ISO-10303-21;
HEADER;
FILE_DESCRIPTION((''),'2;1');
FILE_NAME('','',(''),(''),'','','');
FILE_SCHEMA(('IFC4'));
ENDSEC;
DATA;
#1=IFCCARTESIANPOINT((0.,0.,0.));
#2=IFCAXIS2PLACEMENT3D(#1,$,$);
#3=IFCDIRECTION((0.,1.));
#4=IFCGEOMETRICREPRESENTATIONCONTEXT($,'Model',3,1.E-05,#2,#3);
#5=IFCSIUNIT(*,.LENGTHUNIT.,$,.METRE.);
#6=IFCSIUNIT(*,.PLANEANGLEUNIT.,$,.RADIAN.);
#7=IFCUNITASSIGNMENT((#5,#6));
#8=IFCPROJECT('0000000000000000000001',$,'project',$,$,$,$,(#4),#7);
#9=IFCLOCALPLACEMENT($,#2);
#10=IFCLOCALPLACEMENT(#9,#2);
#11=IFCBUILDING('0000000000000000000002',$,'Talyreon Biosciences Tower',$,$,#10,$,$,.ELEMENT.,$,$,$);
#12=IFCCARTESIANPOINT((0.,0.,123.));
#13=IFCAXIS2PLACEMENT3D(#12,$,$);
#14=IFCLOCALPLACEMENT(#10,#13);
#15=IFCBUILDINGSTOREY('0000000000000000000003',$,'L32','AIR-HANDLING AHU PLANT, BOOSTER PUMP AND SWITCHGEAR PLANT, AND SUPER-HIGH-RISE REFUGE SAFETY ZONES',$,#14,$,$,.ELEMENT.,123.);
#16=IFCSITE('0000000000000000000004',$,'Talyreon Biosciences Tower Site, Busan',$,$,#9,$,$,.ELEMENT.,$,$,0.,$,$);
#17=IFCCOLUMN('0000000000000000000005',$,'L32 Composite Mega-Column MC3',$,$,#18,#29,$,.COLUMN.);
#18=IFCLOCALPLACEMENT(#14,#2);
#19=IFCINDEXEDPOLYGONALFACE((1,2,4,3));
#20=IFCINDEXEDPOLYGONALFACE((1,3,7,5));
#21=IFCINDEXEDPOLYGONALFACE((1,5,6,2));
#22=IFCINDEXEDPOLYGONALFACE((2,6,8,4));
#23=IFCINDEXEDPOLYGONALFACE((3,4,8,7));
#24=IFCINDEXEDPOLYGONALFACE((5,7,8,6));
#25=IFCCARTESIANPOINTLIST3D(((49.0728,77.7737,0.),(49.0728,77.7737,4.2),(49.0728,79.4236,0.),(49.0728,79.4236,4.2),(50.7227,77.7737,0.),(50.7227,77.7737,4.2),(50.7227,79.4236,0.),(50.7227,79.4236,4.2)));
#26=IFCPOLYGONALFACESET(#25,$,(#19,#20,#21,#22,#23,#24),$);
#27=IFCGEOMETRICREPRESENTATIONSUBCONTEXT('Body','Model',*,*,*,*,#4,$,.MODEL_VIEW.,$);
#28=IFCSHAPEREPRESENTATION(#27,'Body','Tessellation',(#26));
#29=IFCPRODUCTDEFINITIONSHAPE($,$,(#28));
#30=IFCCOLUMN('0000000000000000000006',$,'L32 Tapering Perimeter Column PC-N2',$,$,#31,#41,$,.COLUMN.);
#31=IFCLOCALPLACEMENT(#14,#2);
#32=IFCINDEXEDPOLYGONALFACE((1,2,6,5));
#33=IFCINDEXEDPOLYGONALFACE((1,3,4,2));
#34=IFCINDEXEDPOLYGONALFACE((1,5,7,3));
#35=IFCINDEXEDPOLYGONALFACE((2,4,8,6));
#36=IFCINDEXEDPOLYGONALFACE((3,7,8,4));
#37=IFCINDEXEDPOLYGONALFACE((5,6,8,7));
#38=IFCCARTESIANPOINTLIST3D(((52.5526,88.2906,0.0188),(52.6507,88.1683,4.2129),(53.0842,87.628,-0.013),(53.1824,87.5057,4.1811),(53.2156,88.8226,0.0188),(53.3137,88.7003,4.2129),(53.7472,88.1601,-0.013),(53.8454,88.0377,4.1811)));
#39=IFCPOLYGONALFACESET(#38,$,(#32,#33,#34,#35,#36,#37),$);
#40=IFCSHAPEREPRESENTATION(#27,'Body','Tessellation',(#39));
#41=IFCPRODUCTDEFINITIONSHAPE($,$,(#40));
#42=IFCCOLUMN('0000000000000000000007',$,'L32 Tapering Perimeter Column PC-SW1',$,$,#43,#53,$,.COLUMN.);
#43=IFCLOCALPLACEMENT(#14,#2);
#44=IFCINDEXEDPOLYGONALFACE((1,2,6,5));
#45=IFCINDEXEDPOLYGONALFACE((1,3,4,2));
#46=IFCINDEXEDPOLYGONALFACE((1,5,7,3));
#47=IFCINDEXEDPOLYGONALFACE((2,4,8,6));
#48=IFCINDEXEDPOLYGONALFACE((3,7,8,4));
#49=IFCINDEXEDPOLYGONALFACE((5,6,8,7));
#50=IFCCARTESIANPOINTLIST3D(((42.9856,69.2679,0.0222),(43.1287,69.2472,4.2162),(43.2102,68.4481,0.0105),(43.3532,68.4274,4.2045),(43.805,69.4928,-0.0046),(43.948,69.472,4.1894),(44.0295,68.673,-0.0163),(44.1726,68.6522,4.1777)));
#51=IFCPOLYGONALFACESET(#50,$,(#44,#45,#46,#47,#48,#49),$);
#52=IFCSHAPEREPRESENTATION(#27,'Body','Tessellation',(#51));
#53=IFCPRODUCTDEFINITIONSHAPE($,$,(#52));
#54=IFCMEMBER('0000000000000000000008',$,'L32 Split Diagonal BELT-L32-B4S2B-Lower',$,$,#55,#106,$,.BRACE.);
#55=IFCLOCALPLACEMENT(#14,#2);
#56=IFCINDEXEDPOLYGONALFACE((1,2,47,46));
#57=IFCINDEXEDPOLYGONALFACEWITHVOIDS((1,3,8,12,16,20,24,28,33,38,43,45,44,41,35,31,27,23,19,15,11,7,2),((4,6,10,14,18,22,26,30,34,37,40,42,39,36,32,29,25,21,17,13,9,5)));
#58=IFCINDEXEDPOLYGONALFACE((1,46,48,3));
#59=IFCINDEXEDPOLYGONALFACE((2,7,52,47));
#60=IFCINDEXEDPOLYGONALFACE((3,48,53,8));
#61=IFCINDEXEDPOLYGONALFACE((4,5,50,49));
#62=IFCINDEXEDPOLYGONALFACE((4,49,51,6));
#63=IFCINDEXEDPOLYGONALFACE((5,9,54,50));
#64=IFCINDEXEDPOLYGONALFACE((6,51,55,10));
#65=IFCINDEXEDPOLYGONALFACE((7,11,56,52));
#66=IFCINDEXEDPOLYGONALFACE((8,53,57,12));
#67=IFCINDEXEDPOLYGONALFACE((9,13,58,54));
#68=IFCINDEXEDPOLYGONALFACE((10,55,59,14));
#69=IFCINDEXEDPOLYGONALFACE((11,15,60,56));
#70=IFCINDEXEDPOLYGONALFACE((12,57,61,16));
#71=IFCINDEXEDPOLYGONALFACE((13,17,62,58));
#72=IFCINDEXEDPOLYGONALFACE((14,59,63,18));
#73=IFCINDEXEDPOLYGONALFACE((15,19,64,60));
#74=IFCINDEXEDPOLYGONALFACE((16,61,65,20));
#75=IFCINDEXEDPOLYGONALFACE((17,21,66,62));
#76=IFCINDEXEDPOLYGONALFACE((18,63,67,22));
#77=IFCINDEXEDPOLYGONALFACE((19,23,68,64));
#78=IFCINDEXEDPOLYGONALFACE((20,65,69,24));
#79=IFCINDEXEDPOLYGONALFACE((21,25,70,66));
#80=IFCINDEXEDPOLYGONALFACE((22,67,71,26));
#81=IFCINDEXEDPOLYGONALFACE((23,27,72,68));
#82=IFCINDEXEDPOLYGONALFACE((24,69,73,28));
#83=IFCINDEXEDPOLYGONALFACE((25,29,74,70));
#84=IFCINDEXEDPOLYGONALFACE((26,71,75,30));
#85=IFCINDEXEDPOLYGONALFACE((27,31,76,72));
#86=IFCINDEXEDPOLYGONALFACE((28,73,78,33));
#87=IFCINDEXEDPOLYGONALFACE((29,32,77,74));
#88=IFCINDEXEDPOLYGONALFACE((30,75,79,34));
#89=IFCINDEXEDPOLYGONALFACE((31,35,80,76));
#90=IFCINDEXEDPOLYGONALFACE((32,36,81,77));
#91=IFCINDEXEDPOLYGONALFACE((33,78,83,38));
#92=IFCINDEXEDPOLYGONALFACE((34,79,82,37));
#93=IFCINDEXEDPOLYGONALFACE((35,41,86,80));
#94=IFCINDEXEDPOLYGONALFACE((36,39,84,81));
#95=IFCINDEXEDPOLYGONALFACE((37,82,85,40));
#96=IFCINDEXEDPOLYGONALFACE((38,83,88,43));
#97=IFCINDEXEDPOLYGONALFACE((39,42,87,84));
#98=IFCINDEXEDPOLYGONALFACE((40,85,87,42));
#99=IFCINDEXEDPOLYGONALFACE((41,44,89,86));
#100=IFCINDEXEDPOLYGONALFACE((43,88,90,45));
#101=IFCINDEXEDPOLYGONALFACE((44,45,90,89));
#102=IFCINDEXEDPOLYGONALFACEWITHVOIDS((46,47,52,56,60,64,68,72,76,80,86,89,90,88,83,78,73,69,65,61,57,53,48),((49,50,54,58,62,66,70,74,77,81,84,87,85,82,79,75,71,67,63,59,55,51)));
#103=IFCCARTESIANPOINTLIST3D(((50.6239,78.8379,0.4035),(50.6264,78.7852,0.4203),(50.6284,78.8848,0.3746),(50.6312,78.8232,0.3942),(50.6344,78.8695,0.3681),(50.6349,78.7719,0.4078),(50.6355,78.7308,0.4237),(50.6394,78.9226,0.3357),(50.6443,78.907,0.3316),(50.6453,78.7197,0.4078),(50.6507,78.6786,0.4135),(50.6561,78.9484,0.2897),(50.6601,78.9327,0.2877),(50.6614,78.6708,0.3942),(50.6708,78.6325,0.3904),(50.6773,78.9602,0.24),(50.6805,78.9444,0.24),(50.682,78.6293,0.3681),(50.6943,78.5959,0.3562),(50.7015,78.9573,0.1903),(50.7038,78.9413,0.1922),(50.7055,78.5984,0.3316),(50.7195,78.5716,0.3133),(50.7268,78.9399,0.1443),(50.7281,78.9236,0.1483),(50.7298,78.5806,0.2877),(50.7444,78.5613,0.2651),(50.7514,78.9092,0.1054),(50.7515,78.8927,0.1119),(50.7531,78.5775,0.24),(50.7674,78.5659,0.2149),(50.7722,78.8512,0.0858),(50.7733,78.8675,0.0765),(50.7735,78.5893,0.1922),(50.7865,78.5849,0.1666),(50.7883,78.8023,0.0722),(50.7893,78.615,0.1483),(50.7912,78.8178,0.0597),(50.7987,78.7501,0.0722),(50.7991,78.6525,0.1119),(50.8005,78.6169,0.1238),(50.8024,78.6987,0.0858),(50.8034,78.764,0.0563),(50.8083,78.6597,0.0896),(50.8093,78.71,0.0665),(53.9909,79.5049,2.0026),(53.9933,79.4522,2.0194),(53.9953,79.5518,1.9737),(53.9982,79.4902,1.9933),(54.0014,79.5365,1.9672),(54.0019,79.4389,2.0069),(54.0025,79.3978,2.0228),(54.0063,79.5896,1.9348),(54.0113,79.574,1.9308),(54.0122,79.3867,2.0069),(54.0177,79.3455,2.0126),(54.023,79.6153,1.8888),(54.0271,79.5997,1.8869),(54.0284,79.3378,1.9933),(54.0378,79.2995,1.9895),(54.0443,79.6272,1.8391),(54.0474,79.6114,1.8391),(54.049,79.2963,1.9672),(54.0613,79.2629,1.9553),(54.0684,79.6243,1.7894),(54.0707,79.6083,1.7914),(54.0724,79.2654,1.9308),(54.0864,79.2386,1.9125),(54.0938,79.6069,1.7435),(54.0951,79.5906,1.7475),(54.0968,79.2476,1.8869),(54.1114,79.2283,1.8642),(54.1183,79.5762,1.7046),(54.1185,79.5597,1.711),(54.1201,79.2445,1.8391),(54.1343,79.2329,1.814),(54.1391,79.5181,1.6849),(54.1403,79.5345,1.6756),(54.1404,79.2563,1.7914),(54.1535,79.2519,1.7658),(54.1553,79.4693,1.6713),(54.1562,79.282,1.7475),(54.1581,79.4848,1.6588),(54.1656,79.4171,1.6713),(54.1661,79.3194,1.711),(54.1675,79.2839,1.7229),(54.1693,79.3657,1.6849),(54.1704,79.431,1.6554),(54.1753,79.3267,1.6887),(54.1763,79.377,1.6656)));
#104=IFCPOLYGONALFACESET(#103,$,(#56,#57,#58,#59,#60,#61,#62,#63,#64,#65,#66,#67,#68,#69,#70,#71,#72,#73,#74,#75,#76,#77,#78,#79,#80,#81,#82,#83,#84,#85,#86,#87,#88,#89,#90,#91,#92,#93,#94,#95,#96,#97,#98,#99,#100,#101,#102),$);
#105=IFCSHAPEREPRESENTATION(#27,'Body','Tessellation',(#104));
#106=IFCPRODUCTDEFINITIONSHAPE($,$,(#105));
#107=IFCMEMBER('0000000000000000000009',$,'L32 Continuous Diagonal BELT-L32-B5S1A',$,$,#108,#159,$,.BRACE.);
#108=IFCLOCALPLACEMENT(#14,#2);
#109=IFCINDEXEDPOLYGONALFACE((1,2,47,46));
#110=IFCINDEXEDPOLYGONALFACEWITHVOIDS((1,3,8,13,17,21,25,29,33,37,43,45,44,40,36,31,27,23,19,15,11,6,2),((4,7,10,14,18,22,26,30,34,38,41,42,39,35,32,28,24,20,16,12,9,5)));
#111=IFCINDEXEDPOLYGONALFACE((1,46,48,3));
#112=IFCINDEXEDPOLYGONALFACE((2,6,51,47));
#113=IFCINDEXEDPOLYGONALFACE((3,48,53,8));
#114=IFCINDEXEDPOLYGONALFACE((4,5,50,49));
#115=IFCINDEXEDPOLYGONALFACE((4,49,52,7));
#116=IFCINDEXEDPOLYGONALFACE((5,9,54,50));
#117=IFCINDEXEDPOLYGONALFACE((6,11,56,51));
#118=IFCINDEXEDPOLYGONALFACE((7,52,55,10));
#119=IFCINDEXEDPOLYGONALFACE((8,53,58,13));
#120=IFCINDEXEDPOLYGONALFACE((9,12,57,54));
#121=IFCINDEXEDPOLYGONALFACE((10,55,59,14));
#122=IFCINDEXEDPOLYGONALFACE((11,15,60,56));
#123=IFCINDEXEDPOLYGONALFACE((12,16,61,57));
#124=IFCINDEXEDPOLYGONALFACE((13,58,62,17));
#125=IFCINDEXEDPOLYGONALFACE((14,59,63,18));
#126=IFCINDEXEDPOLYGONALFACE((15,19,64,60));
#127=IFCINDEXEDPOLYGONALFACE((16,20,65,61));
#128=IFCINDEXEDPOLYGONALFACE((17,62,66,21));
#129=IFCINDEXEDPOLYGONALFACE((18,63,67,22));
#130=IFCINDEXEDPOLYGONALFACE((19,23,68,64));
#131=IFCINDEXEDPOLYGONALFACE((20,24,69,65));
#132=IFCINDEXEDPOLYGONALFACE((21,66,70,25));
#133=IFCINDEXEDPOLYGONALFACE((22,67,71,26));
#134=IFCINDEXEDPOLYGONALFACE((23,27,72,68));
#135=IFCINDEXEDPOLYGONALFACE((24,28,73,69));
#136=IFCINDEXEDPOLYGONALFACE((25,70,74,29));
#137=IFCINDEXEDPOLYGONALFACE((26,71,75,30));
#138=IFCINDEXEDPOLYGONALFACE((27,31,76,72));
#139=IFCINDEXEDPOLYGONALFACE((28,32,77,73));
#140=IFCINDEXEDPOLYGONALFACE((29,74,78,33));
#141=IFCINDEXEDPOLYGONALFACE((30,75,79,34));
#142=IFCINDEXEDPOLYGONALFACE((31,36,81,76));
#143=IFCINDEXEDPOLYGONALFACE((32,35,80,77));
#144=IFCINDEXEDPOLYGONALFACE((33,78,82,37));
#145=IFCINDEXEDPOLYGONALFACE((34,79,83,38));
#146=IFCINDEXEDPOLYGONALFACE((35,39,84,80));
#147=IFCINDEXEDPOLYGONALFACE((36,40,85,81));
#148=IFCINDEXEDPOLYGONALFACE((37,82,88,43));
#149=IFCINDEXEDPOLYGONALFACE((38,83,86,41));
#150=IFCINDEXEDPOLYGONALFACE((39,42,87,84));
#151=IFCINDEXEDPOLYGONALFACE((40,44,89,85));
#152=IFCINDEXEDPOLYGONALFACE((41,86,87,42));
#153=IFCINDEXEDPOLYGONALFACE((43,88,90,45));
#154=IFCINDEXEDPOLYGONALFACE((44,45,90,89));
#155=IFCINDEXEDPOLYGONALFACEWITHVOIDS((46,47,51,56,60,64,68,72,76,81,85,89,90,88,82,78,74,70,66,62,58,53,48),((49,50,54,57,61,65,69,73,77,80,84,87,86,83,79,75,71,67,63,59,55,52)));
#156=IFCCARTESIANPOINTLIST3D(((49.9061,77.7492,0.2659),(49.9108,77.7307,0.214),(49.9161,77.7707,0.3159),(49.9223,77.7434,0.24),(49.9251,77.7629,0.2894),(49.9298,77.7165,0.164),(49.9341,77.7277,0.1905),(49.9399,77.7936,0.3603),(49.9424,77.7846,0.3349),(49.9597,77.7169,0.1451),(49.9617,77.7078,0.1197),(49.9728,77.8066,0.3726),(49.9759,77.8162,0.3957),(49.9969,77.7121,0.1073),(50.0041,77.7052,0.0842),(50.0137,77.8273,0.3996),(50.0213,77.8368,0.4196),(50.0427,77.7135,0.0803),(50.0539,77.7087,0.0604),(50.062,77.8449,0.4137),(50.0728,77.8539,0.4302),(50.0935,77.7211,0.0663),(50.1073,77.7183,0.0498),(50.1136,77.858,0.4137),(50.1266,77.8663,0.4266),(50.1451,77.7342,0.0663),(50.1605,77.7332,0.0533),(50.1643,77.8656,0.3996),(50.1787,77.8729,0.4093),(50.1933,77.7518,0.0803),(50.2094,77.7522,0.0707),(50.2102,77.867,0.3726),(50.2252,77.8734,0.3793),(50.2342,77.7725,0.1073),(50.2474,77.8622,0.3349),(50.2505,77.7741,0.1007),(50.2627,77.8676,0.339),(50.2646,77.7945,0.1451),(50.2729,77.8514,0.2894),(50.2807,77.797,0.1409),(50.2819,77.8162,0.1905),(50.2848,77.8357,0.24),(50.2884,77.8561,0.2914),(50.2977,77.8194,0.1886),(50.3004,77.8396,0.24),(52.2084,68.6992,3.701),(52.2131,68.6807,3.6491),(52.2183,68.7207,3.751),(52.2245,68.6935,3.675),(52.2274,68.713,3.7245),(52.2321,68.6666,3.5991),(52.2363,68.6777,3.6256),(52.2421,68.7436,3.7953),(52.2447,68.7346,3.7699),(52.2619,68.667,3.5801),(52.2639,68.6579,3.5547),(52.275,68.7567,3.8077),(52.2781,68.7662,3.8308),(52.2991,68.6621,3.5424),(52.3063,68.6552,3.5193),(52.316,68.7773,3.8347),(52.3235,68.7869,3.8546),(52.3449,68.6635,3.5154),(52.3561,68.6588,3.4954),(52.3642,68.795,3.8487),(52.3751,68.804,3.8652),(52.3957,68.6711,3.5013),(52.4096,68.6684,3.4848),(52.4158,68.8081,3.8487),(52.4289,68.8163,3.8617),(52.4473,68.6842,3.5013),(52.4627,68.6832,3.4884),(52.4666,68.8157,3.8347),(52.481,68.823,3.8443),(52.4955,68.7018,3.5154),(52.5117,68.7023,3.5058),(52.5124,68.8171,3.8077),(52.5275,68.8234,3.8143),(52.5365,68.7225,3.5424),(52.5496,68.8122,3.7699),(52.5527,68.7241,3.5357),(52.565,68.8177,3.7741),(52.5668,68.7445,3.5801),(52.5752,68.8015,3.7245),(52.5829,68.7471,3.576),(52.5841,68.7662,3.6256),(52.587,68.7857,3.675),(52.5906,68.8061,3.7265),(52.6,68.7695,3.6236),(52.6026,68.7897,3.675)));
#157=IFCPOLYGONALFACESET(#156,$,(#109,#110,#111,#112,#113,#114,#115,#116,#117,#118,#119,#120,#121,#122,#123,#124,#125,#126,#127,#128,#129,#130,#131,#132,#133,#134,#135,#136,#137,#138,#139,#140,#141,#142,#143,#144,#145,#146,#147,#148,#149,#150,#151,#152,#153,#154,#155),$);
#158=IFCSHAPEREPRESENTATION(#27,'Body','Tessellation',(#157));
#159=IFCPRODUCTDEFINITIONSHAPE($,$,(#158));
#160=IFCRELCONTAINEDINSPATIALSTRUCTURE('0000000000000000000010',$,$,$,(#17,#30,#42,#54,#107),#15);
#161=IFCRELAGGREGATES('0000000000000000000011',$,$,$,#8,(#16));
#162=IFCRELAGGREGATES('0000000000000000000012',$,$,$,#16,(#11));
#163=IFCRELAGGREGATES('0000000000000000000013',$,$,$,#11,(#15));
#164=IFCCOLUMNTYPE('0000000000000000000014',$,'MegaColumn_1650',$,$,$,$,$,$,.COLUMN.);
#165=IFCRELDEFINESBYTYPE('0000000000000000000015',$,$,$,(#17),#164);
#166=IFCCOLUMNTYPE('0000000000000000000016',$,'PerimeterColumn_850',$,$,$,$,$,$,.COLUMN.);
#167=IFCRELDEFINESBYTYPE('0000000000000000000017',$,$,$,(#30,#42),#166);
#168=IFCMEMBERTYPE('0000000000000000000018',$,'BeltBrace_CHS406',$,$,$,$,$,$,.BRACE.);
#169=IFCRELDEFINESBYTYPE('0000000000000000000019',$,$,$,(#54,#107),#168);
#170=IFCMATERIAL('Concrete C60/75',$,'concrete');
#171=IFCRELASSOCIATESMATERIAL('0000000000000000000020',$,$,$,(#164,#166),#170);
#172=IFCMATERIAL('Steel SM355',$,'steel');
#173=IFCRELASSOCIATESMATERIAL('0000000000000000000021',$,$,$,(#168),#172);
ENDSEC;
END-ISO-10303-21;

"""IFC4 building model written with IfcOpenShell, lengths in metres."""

from ifc_helpers import new_model, si_unit, direction, frame, origin, origin_2d, place, context, subcontext, project, spatial, rectangle, hollow_circle, extrude, material, material_profile, profile_set, type_object, element, save


model = new_model("IFC4")

# Units and contexts
model_context = context("Model", 3, precision=1e-05, world=origin(), true_north=direction((0.0, 1.0)))
body_context = subcontext(model_context, "Body", "Model", "MODEL_VIEW")
ifc_project = project(units=[si_unit("LENGTHUNIT", "METRE"), si_unit("PLANEANGLEUNIT", "RADIAN")], contexts=[model_context])

# Site, building, storey
site_placement = place(None, origin())
site = spatial("IfcSite", under=ifc_project, at=site_placement, Name="Talyreon Biosciences Tower Site, Busan", CompositionType="ELEMENT", RefElevation=0.0)
building_placement = place(site_placement, origin())
building = spatial("IfcBuilding", under=site, at=building_placement, Name="Talyreon Biosciences Tower", CompositionType="ELEMENT")
storey_placement = place(building_placement, frame((0.0, 0.0, 123.0)))
storey = spatial("IfcBuildingStorey", under=building, at=storey_placement, Name="L32", Description="AIR-HANDLING AHU PLANT, BOOSTER PUMP AND SWITCHGEAR PLANT, AND SUPER-HIGH-RISE REFUGE SAFETY ZONES", CompositionType="ELEMENT", Elevation=123.0)

# Columns
ifc_material_1 = material(Name="Concrete C60/75", Category="concrete")
ifc_material_profile_1 = material_profile(ifc_material_1, rectangle(XDim=1.6499, YDim=1.6499, at=origin_2d()), Name="RC 1650x1650")
ifc_profile_set_1 = profile_set([ifc_material_profile_1], Name="Concrete C60/75")
column_type_1 = type_object("IfcColumnType", Name="MegaColumn_1650", PredefinedType="COLUMN", material=ifc_profile_set_1)
column_1_placement = place(storey_placement, frame((49.8977, 78.5986, 0.0), z_axis=(0.0, 0.0, 1.0), x_axis=(1.0, 0.0, 0.0)))
element("IfcColumn", 1, at=column_1_placement, inside=storey, type_object=column_type_1, Name="L32 Composite Mega-Column MC3", PredefinedType="COLUMN", context=body_context, shape_type="SweptSolid", body=[
    extrude(rectangle(XDim=1.6499, YDim=1.6499, at=origin_2d()), origin(), (0.0, 0.0, 1.0), 4.2),
])
ifc_material_profile_2 = material_profile(ifc_material_1, rectangle(XDim=0.8501, YDim=0.8501, at=origin_2d()), Name="RC 850x850")
ifc_profile_set_2 = profile_set([ifc_material_profile_2], Name="Concrete C60/75")
column_type_2 = type_object("IfcColumnType", Name="PerimeterColumn_850", PredefinedType="COLUMN", material=ifc_profile_set_2)
column_2_placement = place(storey_placement, frame((53.1499, 88.2253, 0.0029), z_axis=(0.023384, -0.029143, 0.999302), x_axis=(-0.779957, -0.625834, 0.0)))
element("IfcColumn", 2, at=column_2_placement, inside=storey, type_object=column_type_2, Name="L32 Tapering Perimeter Column PC-N2", PredefinedType="COLUMN", context=body_context, shape_type="SweptSolid", body=[
    extrude(rectangle(XDim=0.8501, YDim=0.8501, at=origin_2d()), origin(), (0.0, 0.0, 1.0), 4.197),
])
column_3_placement = place(storey_placement, frame((43.5076, 68.9705, 0.0029), z_axis=(0.034091, -0.004945, 0.999406), x_axis=(0.963873, 0.264485, -0.03157)))
element("IfcColumn", 3, at=column_3_placement, inside=storey, type_object=column_type_2, Name="L32 Tapering Perimeter Column PC-SW1", PredefinedType="COLUMN", context=body_context, shape_type="SweptSolid", body=[
    extrude(rectangle(XDim=0.8501, YDim=0.8501, at=origin_2d()), origin(), (0.0, 0.0, 1.0), 4.1965),
])

# Members
ifc_material_2 = material(Name="Steel SM355", Category="steel")
ifc_material_profile_3 = material_profile(ifc_material_2, hollow_circle(Radius=0.2031, WallThickness=0.0161, at=origin_2d()), Name="CHS 406.4x16")
ifc_profile_set_3 = profile_set([ifc_material_profile_3], Name="Steel SM355")
member_type_1 = type_object("IfcMemberType", Name="BeltBrace_CHS406", PredefinedType="BRACE", material=ifc_profile_set_3)
member_1_placement = place(storey_placement, frame((50.7168, 78.761, 0.24), z_axis=(0.889172, 0.176145, 0.42231), x_axis=(-0.194324, 0.980937, 0.0)))
element("IfcMember", 4, at=member_1_placement, inside=storey, type_object=member_type_1, Name="L32 Split Diagonal BELT-L32-B4S2B-Lower", PredefinedType="BRACE", context=body_context, shape_type="SweptSolid", body=[
    extrude(hollow_circle(Radius=0.2031, WallThickness=0.0161, at=origin_2d()), origin(), (0.0, 0.0, 1.0), 3.7866),
])
member_2_placement = place(storey_placement, frame((50.1035, 77.7896, 0.24), z_axis=(0.231381, -0.909549, 0.345231), x_axis=(0.969133, 0.246538, 0.0)))
element("IfcMember", 5, at=member_2_placement, inside=storey, type_object=member_type_1, Name="L32 Continuous Diagonal BELT-L32-B5S1A", PredefinedType="BRACE", context=body_context, shape_type="SweptSolid", body=[
    extrude(hollow_circle(Radius=0.2031, WallThickness=0.0161, at=origin_2d()), origin(), (0.0, 0.0, 1.0), 9.95),
])

save(model, "model.ifc")
